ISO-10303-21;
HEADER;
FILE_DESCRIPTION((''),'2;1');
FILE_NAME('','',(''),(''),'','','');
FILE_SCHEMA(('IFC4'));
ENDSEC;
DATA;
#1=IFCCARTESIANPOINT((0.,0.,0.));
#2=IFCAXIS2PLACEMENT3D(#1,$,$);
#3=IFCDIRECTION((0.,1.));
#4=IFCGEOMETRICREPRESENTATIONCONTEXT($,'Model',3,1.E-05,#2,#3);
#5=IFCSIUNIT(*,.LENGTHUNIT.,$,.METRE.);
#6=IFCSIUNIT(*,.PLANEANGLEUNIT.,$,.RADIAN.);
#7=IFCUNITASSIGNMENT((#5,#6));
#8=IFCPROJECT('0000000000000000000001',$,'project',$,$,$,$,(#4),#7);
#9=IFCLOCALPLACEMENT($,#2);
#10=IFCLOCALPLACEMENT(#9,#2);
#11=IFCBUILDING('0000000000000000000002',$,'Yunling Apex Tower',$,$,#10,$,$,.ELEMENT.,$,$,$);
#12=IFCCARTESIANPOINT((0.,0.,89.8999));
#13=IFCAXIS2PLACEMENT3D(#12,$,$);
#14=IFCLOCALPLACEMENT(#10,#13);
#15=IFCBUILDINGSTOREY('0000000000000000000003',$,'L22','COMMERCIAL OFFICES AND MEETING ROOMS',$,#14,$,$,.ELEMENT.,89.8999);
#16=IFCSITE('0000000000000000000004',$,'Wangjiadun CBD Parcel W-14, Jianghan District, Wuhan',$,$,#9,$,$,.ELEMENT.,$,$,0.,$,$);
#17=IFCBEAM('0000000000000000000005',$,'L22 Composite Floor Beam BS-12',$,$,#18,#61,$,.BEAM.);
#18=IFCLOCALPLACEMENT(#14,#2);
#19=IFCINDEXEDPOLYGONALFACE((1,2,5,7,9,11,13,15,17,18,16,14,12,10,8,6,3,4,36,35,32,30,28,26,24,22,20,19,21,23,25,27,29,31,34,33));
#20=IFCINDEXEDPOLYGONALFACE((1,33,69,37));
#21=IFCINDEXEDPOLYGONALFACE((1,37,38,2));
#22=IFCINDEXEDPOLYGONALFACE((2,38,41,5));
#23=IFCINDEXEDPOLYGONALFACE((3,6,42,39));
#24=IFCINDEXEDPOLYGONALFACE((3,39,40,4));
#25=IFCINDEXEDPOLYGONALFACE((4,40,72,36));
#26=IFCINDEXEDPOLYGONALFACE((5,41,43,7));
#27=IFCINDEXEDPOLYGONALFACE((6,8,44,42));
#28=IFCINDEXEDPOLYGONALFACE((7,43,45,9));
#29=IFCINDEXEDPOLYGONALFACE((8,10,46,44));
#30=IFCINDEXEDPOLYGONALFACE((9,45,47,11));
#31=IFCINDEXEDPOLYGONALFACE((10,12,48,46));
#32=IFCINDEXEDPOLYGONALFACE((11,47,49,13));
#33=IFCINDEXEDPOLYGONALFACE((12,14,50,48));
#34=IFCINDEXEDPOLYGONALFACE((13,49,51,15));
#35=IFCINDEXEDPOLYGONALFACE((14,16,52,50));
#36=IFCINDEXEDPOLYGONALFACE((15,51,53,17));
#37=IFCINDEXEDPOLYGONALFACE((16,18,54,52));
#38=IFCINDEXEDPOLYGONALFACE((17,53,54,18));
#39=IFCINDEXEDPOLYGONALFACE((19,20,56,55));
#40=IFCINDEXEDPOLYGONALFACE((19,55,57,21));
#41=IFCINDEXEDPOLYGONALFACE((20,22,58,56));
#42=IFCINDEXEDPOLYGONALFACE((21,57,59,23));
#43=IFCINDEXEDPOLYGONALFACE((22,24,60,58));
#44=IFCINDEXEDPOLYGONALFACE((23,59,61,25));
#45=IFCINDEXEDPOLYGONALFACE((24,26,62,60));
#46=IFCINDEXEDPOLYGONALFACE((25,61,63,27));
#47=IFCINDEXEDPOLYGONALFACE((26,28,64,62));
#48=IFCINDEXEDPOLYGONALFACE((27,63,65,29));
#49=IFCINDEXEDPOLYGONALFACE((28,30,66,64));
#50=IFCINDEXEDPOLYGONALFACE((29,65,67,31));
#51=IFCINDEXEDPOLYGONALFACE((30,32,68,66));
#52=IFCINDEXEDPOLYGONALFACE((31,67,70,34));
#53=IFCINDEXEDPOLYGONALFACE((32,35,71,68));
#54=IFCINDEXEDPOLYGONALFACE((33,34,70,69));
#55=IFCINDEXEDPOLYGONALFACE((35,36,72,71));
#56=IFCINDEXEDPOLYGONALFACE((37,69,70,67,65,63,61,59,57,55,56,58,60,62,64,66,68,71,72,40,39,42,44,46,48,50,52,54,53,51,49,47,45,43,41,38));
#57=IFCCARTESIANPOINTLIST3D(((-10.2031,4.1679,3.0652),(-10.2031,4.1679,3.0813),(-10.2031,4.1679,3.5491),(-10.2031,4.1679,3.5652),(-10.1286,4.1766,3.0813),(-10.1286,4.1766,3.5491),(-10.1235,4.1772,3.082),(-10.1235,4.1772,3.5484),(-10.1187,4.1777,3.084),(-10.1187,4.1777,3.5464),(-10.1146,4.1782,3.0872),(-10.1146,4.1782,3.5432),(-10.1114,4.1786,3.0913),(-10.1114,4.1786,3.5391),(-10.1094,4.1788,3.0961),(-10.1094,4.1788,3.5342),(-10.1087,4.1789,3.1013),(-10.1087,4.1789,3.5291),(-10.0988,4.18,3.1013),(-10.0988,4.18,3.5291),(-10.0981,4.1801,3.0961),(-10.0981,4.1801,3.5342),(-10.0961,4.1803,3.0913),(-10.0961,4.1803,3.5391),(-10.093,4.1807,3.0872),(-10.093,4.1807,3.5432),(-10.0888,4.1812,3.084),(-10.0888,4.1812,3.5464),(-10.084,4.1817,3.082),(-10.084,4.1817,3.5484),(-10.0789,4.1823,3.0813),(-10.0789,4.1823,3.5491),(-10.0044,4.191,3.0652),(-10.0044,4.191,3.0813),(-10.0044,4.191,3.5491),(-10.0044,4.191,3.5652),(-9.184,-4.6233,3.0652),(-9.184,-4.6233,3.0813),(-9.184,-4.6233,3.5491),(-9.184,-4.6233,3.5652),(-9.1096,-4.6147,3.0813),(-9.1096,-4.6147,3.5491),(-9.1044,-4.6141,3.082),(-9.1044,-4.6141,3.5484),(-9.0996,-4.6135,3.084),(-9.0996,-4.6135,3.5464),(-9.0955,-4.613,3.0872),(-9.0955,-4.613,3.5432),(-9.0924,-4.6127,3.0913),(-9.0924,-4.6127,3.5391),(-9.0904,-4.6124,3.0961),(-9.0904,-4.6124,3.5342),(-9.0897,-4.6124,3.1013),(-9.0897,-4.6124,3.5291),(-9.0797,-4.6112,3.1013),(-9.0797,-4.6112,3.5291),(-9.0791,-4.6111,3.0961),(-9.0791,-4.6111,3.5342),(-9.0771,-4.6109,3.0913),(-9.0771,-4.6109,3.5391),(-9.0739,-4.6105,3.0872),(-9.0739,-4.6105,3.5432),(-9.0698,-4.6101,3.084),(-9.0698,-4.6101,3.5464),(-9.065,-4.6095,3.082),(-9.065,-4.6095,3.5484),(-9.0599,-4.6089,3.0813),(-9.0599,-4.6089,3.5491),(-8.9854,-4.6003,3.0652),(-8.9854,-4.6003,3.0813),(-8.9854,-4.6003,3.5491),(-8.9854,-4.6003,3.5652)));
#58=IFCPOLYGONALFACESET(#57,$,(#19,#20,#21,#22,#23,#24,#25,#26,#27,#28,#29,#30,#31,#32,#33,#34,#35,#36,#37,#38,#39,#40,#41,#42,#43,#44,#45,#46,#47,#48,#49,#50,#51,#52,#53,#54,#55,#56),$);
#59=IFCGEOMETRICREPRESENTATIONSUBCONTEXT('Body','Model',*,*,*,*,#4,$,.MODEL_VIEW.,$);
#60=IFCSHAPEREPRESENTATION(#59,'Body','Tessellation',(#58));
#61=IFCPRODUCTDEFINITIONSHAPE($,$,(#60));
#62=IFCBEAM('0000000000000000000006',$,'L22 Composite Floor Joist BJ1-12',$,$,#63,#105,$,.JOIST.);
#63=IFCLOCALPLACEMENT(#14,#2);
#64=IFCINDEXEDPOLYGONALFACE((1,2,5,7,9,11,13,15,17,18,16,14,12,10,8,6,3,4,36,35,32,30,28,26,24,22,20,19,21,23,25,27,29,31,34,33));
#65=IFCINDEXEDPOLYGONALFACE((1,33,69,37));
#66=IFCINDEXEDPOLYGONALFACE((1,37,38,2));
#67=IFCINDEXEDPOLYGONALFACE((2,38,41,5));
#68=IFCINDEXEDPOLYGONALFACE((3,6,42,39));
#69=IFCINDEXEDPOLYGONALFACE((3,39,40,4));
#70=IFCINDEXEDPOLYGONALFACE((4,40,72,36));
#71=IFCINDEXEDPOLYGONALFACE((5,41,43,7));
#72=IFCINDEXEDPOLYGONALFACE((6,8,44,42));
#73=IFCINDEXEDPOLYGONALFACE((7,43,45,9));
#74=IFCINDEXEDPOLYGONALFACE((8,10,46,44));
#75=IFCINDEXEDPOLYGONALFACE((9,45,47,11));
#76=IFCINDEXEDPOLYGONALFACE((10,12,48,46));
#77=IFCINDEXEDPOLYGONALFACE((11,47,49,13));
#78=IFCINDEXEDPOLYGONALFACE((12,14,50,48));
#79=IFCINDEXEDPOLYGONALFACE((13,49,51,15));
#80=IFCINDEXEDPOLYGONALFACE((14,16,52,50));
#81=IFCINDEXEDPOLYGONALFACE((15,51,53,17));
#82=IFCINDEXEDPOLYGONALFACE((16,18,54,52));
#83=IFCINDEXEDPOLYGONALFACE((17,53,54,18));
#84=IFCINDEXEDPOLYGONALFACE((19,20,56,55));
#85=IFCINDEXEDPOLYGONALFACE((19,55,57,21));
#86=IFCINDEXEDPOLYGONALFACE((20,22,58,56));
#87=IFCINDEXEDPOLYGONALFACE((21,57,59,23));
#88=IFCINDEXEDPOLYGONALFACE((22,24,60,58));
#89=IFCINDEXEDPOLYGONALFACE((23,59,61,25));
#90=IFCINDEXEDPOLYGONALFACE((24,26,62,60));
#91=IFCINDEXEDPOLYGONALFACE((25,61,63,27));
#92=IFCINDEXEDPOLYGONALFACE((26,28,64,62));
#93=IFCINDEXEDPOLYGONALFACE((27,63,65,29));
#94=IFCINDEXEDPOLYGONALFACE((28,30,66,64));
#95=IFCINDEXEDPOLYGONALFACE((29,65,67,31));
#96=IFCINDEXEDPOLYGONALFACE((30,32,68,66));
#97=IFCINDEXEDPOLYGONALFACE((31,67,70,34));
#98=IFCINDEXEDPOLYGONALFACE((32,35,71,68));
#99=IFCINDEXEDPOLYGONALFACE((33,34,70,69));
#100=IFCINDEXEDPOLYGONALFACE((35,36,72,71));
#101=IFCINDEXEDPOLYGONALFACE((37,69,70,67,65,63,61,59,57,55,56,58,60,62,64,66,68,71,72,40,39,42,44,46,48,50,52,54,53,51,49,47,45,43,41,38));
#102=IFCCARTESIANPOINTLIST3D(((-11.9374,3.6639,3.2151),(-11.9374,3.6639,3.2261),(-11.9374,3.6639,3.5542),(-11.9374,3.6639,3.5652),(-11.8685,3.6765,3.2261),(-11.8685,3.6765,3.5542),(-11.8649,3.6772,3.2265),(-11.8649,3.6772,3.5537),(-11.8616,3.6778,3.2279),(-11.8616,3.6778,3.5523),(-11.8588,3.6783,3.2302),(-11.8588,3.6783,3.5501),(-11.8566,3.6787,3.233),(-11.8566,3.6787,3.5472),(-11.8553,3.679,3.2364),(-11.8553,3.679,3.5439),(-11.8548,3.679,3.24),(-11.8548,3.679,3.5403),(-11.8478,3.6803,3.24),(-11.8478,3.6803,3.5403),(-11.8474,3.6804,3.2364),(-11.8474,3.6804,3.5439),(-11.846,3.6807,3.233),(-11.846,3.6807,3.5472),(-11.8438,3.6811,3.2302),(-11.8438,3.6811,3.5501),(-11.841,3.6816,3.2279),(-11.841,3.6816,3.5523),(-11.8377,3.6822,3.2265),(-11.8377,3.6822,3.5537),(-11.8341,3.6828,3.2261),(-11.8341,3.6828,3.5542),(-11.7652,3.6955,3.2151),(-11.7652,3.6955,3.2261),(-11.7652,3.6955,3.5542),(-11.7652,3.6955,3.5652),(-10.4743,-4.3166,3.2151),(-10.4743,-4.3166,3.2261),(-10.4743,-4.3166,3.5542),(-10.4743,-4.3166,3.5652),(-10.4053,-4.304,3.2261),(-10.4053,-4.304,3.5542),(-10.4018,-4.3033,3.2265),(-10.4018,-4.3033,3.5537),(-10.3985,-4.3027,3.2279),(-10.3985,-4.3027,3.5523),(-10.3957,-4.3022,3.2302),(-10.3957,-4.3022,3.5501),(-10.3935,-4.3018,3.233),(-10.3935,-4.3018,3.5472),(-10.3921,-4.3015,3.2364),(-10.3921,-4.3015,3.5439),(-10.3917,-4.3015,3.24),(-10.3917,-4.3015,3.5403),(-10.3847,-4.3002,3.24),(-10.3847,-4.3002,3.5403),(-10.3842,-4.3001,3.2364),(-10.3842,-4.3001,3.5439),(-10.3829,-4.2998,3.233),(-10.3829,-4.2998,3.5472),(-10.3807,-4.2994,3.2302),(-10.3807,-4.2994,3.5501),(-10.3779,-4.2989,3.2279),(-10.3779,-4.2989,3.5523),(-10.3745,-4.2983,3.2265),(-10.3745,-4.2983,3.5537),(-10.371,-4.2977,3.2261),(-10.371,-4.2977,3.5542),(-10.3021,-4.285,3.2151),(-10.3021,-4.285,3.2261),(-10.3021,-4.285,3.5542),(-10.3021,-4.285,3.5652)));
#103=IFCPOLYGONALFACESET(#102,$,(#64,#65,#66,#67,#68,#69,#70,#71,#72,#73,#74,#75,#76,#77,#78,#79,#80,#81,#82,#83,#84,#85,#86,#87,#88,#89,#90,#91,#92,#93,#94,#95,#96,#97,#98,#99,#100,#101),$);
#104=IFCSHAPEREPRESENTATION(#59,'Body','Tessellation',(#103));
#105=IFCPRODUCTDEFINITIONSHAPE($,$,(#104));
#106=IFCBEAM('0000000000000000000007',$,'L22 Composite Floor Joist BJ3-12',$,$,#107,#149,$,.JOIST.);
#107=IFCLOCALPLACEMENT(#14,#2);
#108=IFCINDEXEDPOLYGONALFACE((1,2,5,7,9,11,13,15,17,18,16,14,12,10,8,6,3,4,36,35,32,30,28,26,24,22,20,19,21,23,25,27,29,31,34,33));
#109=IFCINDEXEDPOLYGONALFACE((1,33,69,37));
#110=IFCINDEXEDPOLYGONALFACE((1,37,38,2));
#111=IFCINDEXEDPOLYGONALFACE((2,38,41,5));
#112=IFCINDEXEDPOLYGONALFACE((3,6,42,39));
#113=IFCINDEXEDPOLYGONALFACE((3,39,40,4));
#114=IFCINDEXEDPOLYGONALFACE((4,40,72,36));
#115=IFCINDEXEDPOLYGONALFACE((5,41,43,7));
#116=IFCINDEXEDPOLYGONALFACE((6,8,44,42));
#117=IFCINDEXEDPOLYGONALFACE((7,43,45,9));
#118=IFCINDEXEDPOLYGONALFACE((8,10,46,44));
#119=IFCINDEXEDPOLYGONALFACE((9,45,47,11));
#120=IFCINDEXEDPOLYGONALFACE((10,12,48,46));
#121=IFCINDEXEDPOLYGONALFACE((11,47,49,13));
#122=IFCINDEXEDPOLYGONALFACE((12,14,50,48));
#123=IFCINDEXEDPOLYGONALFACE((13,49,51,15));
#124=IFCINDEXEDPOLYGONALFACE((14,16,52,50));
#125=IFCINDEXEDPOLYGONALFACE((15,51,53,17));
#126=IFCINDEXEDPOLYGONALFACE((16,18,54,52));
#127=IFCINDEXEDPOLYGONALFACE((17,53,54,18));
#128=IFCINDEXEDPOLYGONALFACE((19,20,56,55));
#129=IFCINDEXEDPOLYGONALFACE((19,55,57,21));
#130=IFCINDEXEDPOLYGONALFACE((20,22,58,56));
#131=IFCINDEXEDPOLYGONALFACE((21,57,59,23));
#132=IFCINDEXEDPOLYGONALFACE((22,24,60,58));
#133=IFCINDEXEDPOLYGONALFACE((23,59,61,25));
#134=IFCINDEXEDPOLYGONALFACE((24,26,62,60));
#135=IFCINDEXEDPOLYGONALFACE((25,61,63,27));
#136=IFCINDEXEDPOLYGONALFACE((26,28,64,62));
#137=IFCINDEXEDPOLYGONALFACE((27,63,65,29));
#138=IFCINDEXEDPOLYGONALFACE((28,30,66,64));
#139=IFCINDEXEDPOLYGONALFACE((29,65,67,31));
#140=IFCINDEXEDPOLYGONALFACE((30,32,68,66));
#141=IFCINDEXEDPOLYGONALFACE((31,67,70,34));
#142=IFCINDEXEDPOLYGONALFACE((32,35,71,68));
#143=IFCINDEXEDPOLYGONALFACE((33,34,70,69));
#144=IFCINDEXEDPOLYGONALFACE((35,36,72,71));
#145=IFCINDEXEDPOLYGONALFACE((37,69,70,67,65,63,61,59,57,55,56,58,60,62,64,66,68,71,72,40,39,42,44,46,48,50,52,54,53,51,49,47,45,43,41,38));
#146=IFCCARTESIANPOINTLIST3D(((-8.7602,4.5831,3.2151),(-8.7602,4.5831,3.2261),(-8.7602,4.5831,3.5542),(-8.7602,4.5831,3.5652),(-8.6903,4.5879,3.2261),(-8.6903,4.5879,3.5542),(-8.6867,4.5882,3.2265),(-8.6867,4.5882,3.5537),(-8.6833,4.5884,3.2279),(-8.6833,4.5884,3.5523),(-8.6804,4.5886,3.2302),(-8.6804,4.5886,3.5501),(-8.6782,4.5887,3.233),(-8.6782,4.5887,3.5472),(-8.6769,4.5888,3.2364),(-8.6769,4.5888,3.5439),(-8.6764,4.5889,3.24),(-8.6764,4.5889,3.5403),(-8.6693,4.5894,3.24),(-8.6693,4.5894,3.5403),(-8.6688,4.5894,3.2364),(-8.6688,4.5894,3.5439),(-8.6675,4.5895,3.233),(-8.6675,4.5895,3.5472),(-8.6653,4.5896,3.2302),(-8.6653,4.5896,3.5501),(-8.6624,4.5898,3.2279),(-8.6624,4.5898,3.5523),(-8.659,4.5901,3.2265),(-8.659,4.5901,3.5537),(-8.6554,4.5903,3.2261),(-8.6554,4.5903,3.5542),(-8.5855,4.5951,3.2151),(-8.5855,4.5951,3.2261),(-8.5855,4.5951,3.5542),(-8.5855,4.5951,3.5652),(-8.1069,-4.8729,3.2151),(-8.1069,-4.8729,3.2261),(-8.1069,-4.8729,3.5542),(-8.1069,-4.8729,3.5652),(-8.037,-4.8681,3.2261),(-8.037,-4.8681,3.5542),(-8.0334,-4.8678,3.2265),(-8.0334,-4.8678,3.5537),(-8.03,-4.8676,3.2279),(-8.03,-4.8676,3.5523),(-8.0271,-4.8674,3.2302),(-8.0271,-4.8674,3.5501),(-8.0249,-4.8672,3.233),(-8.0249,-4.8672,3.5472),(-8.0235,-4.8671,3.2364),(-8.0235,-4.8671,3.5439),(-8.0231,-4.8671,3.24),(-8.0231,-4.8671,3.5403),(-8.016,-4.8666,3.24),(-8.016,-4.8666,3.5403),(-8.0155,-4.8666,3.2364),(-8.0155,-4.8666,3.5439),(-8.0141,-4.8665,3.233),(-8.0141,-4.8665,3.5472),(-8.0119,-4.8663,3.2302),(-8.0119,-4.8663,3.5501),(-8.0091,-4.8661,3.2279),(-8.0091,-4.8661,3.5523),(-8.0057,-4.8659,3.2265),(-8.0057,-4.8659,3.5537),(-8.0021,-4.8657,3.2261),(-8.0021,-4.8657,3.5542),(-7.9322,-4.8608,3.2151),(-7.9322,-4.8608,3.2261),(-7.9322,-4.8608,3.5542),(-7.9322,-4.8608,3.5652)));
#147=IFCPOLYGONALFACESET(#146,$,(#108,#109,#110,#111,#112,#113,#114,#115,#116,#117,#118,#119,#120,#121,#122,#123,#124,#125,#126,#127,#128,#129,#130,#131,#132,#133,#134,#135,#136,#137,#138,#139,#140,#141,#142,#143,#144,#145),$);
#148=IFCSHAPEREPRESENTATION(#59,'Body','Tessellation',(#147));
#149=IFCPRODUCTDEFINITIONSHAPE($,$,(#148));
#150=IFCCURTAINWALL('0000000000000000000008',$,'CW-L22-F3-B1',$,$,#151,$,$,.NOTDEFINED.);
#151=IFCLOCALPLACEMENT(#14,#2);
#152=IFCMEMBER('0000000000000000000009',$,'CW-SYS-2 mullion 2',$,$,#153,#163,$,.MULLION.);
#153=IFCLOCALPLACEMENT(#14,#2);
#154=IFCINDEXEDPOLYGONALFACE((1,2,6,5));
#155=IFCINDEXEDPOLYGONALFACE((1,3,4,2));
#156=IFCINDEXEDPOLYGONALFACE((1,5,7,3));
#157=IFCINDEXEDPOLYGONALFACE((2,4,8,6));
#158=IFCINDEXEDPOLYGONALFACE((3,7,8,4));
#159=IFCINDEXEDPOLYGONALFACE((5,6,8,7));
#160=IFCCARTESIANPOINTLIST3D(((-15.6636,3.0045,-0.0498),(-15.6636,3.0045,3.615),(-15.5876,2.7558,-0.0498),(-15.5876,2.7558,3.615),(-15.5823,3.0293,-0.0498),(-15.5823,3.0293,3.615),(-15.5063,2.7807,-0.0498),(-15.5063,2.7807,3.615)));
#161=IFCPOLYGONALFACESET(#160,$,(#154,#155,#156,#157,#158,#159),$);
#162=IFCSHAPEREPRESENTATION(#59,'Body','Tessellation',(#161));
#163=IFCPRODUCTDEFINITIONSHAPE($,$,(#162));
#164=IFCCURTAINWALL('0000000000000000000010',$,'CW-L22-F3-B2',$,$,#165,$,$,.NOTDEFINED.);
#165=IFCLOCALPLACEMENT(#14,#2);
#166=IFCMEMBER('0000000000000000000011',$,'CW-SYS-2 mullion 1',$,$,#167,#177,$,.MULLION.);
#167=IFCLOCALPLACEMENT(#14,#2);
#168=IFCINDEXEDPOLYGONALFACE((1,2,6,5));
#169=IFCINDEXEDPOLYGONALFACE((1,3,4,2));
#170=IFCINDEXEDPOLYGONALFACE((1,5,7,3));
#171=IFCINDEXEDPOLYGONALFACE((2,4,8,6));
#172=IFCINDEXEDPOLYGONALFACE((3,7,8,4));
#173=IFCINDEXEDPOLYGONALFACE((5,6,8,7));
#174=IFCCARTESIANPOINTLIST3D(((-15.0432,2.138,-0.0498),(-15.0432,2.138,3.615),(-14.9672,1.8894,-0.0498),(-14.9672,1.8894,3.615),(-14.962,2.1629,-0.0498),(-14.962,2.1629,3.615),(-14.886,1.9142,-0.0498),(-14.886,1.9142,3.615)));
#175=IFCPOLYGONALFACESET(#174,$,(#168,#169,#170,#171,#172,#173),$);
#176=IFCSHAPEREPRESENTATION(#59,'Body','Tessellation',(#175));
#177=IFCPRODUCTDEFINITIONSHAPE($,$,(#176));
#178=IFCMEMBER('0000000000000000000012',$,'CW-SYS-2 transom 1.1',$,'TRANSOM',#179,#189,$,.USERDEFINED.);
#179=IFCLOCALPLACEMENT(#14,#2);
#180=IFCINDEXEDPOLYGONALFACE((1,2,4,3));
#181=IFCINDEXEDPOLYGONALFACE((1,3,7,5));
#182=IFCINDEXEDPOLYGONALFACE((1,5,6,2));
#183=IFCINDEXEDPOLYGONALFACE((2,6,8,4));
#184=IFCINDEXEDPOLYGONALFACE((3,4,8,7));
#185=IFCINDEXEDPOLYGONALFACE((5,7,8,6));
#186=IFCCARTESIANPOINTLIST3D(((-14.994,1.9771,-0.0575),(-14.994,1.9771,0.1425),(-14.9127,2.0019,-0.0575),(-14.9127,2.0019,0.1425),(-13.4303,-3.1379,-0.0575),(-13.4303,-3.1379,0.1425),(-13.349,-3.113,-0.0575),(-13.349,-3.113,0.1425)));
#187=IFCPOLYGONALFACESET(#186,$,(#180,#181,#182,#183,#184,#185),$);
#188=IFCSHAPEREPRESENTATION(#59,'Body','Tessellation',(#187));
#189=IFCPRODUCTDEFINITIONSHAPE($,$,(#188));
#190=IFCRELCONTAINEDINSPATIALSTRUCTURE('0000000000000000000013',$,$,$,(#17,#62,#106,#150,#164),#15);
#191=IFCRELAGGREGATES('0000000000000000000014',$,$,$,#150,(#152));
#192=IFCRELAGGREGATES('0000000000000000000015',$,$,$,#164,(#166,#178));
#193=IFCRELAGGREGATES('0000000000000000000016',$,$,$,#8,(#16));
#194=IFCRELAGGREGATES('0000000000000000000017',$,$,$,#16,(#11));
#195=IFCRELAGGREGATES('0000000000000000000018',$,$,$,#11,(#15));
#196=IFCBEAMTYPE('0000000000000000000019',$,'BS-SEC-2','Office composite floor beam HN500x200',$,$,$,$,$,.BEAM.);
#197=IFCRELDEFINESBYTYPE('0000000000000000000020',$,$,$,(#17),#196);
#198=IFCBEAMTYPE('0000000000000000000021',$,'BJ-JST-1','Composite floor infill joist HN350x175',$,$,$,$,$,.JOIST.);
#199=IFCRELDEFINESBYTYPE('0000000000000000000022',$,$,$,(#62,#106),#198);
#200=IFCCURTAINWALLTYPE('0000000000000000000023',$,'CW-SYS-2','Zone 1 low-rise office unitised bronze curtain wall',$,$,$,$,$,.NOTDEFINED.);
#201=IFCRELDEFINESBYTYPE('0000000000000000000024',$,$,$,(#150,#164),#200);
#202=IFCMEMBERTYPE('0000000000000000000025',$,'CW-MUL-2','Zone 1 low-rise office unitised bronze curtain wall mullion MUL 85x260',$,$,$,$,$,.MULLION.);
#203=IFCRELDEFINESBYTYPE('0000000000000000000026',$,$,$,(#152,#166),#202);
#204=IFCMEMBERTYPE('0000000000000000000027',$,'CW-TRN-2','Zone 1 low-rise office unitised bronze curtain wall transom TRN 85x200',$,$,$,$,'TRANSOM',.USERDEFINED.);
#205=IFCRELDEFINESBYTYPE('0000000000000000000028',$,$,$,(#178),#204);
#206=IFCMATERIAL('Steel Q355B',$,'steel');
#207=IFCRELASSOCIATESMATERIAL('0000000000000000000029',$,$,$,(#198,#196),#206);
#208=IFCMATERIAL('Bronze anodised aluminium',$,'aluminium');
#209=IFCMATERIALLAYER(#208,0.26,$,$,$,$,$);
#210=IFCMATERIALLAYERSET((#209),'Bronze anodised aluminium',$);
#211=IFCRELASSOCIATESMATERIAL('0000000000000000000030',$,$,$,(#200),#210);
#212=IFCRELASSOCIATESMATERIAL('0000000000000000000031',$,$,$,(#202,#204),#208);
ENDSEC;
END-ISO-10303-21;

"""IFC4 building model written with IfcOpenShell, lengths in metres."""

from ifc_helpers import new_model, si_unit, direction, frame, origin, origin_2d, place, context, subcontext, project, spatial, rectangle, i_section, extrude, source, transform, mapped, material, layer, layer_set, material_profile, profile_set, type_object, element, aggregate, save


model = new_model("IFC4")

# Units and contexts
model_context = context("Model", 3, precision=1e-05, world=origin(), true_north=direction((0.0, 1.0)))
body_context = subcontext(model_context, "Body", "Model", "MODEL_VIEW")
ifc_project = project(units=[si_unit("LENGTHUNIT", "METRE"), si_unit("PLANEANGLEUNIT", "RADIAN")], contexts=[model_context])

# Site, building, storey
site_placement = place(None, origin())
site = spatial("IfcSite", under=ifc_project, at=site_placement, Name="Wangjiadun CBD Parcel W-14, Jianghan District, Wuhan", CompositionType="ELEMENT", RefElevation=0.0)
building_placement = place(site_placement, origin())
building = spatial("IfcBuilding", under=site, at=building_placement, Name="Yunling Apex Tower", CompositionType="ELEMENT")
storey_placement = place(building_placement, frame((0.0, 0.0, 89.8999)))
storey = spatial("IfcBuildingStorey", under=building, at=storey_placement, Name="L22", Description="COMMERCIAL OFFICES AND MEETING ROOMS", CompositionType="ELEMENT", Elevation=89.8999)

# Beams
ifc_material_1 = material(Name="Steel Q355B", Category="steel")
ifc_material_profile_1 = material_profile(ifc_material_1, i_section(OverallWidth=0.175, OverallDepth=0.3501, WebThickness=0.0071, FlangeThickness=0.011, FilletRadius=0.0139, at=origin_2d()))
ifc_profile_set_1 = profile_set([ifc_material_profile_1], Name="Steel Q355B")
beam_type_1 = type_object("IfcBeamType", Name="BJ-JST-1", Description="Composite floor infill joist HN350x175", PredefinedType="JOIST", material=ifc_profile_set_1)
ifc_material_profile_2 = material_profile(ifc_material_1, i_section(OverallWidth=0.2, OverallDepth=0.5, WebThickness=0.01, FlangeThickness=0.0161, FilletRadius=0.02, at=origin_2d()))
ifc_profile_set_2 = profile_set([ifc_material_profile_2], Name="Steel Q355B")
beam_type_2 = type_object("IfcBeamType", Name="BS-SEC-2", Description="Office composite floor beam HN500x200", PredefinedType="BEAM", material=ifc_profile_set_2)
shared_shape_1 = source(origin(), body_context, "Body", "SweptSolid", [
    extrude(i_section(OverallWidth=0.2, OverallDepth=0.5, WebThickness=0.01, FlangeThickness=0.0161, FilletRadius=0.02, at=origin_2d()), origin(), (0.0, 0.0, 1.0), 8.8501),
])
beam_1_placement = place(storey_placement, frame((-10.1038, 4.1794, 3.3152), z_axis=(0.115144, -0.993349, 0.0), x_axis=(0.993349, 0.115144, 0.0)))
element("IfcBeam", 1, at=beam_1_placement, inside=storey, type_object=beam_type_2, Name="L22 Composite Floor Beam BS-12", PredefinedType="BEAM", context=body_context, shape_type="MappedRepresentation", body=[
    mapped(shared_shape_1, transform((0.0, 0.0, 0.0), scale=1.0)),
])
shared_shape_2 = source(origin(), body_context, "Body", "SweptSolid", [
    extrude(i_section(OverallWidth=0.175, OverallDepth=0.3501, WebThickness=0.0071, FlangeThickness=0.011, FilletRadius=0.0139, at=origin_2d()), origin(), (0.0, 0.0, 1.0), 8.1135),
])
beam_2_placement = place(storey_placement, frame((-11.8513, 3.6797, 3.3901), z_axis=(0.180334, -0.983605, 0.0), x_axis=(0.983605, 0.180334, 0.0)))
element("IfcBeam", 2, at=beam_2_placement, inside=storey, type_object=beam_type_1, Name="L22 Composite Floor Joist BJ1-12", PredefinedType="JOIST", context=body_context, shape_type="MappedRepresentation", body=[
    mapped(shared_shape_2, transform((0.0, 0.0, 0.0), scale=1.0)),
])
shared_shape_3 = source(origin(), body_context, "Body", "SweptSolid", [
    extrude(i_section(OverallWidth=0.175, OverallDepth=0.3501, WebThickness=0.0071, FlangeThickness=0.011, FilletRadius=0.0139, at=origin_2d()), origin(), (0.0, 0.0, 1.0), 9.4785),
])
beam_3_placement = place(storey_placement, frame((-8.6729, 4.5891, 3.3901), z_axis=(0.068926, -0.997622, 0.0), x_axis=(0.997622, 0.068926, 0.0)))
element("IfcBeam", 3, at=beam_3_placement, inside=storey, type_object=beam_type_1, Name="L22 Composite Floor Joist BJ3-12", PredefinedType="JOIST", context=body_context, shape_type="MappedRepresentation", body=[
    mapped(shared_shape_3, transform((0.0, 0.0, 0.0), scale=1.0)),
])

# Curtain wall, member
ifc_material_2 = material(Name="Bronze anodised aluminium", Category="aluminium")
ifc_layer_1 = layer(ifc_material_2, 0.26)
ifc_layer_set_1 = layer_set([ifc_layer_1], Name="Bronze anodised aluminium")
curtain_wall_type = type_object("IfcCurtainWallType", Name="CW-SYS-2", Description="Zone 1 low-rise office unitised bronze curtain wall", PredefinedType="NOTDEFINED", material=ifc_layer_set_1)
curtain_wall_1_placement = place(storey_placement, origin())
curtain_wall_1 = element("IfcCurtainWall", 4, at=curtain_wall_1_placement, inside=storey, type_object=curtain_wall_type, Name="CW-L22-F3-B1", PredefinedType="NOTDEFINED")
ifc_material_profile_3 = material_profile(ifc_material_2, rectangle(XDim=0.085, YDim=0.26, at=origin_2d()))
ifc_profile_set_3 = profile_set([ifc_material_profile_3], Name="Bronze anodised aluminium")
member_type_1 = type_object("IfcMemberType", Name="CW-MUL-2", Description="Zone 1 low-rise office unitised bronze curtain wall mullion MUL 85x260", PredefinedType="MULLION", material=ifc_profile_set_3)
shared_shape_4 = source(origin(), body_context, "Body", "SweptSolid", [
    extrude(rectangle(XDim=0.085, YDim=0.26, at=origin_2d()), origin(), (0.0, 0.0, 1.0), 3.6648),
])
member_1_placement = place(storey_placement, frame((-15.585, 2.8926, -0.0498), z_axis=(0.0, 0.0, 1.0), x_axis=(0.956304, 0.292373, 0.0)))
member_1 = element("IfcMember", 5, at=member_1_placement, type_object=member_type_1, Name="CW-SYS-2 mullion 2", PredefinedType="MULLION", context=body_context, shape_type="MappedRepresentation", body=[
    mapped(shared_shape_4, transform((0.0, 0.0, 0.0), scale=1.0)),
])

# Curtain wall, members
curtain_wall_2_placement = place(storey_placement, origin())
curtain_wall_2 = element("IfcCurtainWall", 6, at=curtain_wall_2_placement, inside=storey, type_object=curtain_wall_type, Name="CW-L22-F3-B2", PredefinedType="NOTDEFINED")
member_2_placement = place(storey_placement, frame((-14.9646, 2.0261, -0.0498), z_axis=(0.0, 0.0, 1.0), x_axis=(0.956307, 0.292364, 0.0)))
member_2 = element("IfcMember", 7, at=member_2_placement, type_object=member_type_1, Name="CW-SYS-2 mullion 1", PredefinedType="MULLION", context=body_context, shape_type="MappedRepresentation", body=[
    mapped(shared_shape_4, transform((0.0, 0.0, 0.0), scale=1.0)),
])
ifc_material_profile_4 = material_profile(ifc_material_2, rectangle(XDim=0.085, YDim=0.2, at=origin_2d()))
ifc_profile_set_4 = profile_set([ifc_material_profile_4], Name="Bronze anodised aluminium")
member_type_2 = type_object("IfcMemberType", Name="CW-TRN-2", Description="Zone 1 low-rise office unitised bronze curtain wall transom TRN 85x200", ElementType="TRANSOM", PredefinedType="USERDEFINED", material=ifc_profile_set_4)
shared_shape_5 = source(origin(), body_context, "Body", "SweptSolid", [
    extrude(rectangle(XDim=0.085, YDim=0.2, at=origin_2d()), origin(), (0.0, 0.0, 1.0), 5.3486),
])
member_3_placement = place(storey_placement, frame((-14.9534, 1.9895, 0.0425), z_axis=(0.292357, -0.956309, 0.0), x_axis=(0.956309, 0.292357, 0.0)))
member_3 = element("IfcMember", 8, at=member_3_placement, type_object=member_type_2, Name="CW-SYS-2 transom 1.1", ObjectType="TRANSOM", PredefinedType="USERDEFINED", context=body_context, shape_type="MappedRepresentation", body=[
    mapped(shared_shape_5, transform((0.0, 0.0, 0.0), scale=1.0)),
])

aggregate(curtain_wall_1, [member_1])
aggregate(curtain_wall_2, [member_2, member_3])

save(model, "model.ifc")
